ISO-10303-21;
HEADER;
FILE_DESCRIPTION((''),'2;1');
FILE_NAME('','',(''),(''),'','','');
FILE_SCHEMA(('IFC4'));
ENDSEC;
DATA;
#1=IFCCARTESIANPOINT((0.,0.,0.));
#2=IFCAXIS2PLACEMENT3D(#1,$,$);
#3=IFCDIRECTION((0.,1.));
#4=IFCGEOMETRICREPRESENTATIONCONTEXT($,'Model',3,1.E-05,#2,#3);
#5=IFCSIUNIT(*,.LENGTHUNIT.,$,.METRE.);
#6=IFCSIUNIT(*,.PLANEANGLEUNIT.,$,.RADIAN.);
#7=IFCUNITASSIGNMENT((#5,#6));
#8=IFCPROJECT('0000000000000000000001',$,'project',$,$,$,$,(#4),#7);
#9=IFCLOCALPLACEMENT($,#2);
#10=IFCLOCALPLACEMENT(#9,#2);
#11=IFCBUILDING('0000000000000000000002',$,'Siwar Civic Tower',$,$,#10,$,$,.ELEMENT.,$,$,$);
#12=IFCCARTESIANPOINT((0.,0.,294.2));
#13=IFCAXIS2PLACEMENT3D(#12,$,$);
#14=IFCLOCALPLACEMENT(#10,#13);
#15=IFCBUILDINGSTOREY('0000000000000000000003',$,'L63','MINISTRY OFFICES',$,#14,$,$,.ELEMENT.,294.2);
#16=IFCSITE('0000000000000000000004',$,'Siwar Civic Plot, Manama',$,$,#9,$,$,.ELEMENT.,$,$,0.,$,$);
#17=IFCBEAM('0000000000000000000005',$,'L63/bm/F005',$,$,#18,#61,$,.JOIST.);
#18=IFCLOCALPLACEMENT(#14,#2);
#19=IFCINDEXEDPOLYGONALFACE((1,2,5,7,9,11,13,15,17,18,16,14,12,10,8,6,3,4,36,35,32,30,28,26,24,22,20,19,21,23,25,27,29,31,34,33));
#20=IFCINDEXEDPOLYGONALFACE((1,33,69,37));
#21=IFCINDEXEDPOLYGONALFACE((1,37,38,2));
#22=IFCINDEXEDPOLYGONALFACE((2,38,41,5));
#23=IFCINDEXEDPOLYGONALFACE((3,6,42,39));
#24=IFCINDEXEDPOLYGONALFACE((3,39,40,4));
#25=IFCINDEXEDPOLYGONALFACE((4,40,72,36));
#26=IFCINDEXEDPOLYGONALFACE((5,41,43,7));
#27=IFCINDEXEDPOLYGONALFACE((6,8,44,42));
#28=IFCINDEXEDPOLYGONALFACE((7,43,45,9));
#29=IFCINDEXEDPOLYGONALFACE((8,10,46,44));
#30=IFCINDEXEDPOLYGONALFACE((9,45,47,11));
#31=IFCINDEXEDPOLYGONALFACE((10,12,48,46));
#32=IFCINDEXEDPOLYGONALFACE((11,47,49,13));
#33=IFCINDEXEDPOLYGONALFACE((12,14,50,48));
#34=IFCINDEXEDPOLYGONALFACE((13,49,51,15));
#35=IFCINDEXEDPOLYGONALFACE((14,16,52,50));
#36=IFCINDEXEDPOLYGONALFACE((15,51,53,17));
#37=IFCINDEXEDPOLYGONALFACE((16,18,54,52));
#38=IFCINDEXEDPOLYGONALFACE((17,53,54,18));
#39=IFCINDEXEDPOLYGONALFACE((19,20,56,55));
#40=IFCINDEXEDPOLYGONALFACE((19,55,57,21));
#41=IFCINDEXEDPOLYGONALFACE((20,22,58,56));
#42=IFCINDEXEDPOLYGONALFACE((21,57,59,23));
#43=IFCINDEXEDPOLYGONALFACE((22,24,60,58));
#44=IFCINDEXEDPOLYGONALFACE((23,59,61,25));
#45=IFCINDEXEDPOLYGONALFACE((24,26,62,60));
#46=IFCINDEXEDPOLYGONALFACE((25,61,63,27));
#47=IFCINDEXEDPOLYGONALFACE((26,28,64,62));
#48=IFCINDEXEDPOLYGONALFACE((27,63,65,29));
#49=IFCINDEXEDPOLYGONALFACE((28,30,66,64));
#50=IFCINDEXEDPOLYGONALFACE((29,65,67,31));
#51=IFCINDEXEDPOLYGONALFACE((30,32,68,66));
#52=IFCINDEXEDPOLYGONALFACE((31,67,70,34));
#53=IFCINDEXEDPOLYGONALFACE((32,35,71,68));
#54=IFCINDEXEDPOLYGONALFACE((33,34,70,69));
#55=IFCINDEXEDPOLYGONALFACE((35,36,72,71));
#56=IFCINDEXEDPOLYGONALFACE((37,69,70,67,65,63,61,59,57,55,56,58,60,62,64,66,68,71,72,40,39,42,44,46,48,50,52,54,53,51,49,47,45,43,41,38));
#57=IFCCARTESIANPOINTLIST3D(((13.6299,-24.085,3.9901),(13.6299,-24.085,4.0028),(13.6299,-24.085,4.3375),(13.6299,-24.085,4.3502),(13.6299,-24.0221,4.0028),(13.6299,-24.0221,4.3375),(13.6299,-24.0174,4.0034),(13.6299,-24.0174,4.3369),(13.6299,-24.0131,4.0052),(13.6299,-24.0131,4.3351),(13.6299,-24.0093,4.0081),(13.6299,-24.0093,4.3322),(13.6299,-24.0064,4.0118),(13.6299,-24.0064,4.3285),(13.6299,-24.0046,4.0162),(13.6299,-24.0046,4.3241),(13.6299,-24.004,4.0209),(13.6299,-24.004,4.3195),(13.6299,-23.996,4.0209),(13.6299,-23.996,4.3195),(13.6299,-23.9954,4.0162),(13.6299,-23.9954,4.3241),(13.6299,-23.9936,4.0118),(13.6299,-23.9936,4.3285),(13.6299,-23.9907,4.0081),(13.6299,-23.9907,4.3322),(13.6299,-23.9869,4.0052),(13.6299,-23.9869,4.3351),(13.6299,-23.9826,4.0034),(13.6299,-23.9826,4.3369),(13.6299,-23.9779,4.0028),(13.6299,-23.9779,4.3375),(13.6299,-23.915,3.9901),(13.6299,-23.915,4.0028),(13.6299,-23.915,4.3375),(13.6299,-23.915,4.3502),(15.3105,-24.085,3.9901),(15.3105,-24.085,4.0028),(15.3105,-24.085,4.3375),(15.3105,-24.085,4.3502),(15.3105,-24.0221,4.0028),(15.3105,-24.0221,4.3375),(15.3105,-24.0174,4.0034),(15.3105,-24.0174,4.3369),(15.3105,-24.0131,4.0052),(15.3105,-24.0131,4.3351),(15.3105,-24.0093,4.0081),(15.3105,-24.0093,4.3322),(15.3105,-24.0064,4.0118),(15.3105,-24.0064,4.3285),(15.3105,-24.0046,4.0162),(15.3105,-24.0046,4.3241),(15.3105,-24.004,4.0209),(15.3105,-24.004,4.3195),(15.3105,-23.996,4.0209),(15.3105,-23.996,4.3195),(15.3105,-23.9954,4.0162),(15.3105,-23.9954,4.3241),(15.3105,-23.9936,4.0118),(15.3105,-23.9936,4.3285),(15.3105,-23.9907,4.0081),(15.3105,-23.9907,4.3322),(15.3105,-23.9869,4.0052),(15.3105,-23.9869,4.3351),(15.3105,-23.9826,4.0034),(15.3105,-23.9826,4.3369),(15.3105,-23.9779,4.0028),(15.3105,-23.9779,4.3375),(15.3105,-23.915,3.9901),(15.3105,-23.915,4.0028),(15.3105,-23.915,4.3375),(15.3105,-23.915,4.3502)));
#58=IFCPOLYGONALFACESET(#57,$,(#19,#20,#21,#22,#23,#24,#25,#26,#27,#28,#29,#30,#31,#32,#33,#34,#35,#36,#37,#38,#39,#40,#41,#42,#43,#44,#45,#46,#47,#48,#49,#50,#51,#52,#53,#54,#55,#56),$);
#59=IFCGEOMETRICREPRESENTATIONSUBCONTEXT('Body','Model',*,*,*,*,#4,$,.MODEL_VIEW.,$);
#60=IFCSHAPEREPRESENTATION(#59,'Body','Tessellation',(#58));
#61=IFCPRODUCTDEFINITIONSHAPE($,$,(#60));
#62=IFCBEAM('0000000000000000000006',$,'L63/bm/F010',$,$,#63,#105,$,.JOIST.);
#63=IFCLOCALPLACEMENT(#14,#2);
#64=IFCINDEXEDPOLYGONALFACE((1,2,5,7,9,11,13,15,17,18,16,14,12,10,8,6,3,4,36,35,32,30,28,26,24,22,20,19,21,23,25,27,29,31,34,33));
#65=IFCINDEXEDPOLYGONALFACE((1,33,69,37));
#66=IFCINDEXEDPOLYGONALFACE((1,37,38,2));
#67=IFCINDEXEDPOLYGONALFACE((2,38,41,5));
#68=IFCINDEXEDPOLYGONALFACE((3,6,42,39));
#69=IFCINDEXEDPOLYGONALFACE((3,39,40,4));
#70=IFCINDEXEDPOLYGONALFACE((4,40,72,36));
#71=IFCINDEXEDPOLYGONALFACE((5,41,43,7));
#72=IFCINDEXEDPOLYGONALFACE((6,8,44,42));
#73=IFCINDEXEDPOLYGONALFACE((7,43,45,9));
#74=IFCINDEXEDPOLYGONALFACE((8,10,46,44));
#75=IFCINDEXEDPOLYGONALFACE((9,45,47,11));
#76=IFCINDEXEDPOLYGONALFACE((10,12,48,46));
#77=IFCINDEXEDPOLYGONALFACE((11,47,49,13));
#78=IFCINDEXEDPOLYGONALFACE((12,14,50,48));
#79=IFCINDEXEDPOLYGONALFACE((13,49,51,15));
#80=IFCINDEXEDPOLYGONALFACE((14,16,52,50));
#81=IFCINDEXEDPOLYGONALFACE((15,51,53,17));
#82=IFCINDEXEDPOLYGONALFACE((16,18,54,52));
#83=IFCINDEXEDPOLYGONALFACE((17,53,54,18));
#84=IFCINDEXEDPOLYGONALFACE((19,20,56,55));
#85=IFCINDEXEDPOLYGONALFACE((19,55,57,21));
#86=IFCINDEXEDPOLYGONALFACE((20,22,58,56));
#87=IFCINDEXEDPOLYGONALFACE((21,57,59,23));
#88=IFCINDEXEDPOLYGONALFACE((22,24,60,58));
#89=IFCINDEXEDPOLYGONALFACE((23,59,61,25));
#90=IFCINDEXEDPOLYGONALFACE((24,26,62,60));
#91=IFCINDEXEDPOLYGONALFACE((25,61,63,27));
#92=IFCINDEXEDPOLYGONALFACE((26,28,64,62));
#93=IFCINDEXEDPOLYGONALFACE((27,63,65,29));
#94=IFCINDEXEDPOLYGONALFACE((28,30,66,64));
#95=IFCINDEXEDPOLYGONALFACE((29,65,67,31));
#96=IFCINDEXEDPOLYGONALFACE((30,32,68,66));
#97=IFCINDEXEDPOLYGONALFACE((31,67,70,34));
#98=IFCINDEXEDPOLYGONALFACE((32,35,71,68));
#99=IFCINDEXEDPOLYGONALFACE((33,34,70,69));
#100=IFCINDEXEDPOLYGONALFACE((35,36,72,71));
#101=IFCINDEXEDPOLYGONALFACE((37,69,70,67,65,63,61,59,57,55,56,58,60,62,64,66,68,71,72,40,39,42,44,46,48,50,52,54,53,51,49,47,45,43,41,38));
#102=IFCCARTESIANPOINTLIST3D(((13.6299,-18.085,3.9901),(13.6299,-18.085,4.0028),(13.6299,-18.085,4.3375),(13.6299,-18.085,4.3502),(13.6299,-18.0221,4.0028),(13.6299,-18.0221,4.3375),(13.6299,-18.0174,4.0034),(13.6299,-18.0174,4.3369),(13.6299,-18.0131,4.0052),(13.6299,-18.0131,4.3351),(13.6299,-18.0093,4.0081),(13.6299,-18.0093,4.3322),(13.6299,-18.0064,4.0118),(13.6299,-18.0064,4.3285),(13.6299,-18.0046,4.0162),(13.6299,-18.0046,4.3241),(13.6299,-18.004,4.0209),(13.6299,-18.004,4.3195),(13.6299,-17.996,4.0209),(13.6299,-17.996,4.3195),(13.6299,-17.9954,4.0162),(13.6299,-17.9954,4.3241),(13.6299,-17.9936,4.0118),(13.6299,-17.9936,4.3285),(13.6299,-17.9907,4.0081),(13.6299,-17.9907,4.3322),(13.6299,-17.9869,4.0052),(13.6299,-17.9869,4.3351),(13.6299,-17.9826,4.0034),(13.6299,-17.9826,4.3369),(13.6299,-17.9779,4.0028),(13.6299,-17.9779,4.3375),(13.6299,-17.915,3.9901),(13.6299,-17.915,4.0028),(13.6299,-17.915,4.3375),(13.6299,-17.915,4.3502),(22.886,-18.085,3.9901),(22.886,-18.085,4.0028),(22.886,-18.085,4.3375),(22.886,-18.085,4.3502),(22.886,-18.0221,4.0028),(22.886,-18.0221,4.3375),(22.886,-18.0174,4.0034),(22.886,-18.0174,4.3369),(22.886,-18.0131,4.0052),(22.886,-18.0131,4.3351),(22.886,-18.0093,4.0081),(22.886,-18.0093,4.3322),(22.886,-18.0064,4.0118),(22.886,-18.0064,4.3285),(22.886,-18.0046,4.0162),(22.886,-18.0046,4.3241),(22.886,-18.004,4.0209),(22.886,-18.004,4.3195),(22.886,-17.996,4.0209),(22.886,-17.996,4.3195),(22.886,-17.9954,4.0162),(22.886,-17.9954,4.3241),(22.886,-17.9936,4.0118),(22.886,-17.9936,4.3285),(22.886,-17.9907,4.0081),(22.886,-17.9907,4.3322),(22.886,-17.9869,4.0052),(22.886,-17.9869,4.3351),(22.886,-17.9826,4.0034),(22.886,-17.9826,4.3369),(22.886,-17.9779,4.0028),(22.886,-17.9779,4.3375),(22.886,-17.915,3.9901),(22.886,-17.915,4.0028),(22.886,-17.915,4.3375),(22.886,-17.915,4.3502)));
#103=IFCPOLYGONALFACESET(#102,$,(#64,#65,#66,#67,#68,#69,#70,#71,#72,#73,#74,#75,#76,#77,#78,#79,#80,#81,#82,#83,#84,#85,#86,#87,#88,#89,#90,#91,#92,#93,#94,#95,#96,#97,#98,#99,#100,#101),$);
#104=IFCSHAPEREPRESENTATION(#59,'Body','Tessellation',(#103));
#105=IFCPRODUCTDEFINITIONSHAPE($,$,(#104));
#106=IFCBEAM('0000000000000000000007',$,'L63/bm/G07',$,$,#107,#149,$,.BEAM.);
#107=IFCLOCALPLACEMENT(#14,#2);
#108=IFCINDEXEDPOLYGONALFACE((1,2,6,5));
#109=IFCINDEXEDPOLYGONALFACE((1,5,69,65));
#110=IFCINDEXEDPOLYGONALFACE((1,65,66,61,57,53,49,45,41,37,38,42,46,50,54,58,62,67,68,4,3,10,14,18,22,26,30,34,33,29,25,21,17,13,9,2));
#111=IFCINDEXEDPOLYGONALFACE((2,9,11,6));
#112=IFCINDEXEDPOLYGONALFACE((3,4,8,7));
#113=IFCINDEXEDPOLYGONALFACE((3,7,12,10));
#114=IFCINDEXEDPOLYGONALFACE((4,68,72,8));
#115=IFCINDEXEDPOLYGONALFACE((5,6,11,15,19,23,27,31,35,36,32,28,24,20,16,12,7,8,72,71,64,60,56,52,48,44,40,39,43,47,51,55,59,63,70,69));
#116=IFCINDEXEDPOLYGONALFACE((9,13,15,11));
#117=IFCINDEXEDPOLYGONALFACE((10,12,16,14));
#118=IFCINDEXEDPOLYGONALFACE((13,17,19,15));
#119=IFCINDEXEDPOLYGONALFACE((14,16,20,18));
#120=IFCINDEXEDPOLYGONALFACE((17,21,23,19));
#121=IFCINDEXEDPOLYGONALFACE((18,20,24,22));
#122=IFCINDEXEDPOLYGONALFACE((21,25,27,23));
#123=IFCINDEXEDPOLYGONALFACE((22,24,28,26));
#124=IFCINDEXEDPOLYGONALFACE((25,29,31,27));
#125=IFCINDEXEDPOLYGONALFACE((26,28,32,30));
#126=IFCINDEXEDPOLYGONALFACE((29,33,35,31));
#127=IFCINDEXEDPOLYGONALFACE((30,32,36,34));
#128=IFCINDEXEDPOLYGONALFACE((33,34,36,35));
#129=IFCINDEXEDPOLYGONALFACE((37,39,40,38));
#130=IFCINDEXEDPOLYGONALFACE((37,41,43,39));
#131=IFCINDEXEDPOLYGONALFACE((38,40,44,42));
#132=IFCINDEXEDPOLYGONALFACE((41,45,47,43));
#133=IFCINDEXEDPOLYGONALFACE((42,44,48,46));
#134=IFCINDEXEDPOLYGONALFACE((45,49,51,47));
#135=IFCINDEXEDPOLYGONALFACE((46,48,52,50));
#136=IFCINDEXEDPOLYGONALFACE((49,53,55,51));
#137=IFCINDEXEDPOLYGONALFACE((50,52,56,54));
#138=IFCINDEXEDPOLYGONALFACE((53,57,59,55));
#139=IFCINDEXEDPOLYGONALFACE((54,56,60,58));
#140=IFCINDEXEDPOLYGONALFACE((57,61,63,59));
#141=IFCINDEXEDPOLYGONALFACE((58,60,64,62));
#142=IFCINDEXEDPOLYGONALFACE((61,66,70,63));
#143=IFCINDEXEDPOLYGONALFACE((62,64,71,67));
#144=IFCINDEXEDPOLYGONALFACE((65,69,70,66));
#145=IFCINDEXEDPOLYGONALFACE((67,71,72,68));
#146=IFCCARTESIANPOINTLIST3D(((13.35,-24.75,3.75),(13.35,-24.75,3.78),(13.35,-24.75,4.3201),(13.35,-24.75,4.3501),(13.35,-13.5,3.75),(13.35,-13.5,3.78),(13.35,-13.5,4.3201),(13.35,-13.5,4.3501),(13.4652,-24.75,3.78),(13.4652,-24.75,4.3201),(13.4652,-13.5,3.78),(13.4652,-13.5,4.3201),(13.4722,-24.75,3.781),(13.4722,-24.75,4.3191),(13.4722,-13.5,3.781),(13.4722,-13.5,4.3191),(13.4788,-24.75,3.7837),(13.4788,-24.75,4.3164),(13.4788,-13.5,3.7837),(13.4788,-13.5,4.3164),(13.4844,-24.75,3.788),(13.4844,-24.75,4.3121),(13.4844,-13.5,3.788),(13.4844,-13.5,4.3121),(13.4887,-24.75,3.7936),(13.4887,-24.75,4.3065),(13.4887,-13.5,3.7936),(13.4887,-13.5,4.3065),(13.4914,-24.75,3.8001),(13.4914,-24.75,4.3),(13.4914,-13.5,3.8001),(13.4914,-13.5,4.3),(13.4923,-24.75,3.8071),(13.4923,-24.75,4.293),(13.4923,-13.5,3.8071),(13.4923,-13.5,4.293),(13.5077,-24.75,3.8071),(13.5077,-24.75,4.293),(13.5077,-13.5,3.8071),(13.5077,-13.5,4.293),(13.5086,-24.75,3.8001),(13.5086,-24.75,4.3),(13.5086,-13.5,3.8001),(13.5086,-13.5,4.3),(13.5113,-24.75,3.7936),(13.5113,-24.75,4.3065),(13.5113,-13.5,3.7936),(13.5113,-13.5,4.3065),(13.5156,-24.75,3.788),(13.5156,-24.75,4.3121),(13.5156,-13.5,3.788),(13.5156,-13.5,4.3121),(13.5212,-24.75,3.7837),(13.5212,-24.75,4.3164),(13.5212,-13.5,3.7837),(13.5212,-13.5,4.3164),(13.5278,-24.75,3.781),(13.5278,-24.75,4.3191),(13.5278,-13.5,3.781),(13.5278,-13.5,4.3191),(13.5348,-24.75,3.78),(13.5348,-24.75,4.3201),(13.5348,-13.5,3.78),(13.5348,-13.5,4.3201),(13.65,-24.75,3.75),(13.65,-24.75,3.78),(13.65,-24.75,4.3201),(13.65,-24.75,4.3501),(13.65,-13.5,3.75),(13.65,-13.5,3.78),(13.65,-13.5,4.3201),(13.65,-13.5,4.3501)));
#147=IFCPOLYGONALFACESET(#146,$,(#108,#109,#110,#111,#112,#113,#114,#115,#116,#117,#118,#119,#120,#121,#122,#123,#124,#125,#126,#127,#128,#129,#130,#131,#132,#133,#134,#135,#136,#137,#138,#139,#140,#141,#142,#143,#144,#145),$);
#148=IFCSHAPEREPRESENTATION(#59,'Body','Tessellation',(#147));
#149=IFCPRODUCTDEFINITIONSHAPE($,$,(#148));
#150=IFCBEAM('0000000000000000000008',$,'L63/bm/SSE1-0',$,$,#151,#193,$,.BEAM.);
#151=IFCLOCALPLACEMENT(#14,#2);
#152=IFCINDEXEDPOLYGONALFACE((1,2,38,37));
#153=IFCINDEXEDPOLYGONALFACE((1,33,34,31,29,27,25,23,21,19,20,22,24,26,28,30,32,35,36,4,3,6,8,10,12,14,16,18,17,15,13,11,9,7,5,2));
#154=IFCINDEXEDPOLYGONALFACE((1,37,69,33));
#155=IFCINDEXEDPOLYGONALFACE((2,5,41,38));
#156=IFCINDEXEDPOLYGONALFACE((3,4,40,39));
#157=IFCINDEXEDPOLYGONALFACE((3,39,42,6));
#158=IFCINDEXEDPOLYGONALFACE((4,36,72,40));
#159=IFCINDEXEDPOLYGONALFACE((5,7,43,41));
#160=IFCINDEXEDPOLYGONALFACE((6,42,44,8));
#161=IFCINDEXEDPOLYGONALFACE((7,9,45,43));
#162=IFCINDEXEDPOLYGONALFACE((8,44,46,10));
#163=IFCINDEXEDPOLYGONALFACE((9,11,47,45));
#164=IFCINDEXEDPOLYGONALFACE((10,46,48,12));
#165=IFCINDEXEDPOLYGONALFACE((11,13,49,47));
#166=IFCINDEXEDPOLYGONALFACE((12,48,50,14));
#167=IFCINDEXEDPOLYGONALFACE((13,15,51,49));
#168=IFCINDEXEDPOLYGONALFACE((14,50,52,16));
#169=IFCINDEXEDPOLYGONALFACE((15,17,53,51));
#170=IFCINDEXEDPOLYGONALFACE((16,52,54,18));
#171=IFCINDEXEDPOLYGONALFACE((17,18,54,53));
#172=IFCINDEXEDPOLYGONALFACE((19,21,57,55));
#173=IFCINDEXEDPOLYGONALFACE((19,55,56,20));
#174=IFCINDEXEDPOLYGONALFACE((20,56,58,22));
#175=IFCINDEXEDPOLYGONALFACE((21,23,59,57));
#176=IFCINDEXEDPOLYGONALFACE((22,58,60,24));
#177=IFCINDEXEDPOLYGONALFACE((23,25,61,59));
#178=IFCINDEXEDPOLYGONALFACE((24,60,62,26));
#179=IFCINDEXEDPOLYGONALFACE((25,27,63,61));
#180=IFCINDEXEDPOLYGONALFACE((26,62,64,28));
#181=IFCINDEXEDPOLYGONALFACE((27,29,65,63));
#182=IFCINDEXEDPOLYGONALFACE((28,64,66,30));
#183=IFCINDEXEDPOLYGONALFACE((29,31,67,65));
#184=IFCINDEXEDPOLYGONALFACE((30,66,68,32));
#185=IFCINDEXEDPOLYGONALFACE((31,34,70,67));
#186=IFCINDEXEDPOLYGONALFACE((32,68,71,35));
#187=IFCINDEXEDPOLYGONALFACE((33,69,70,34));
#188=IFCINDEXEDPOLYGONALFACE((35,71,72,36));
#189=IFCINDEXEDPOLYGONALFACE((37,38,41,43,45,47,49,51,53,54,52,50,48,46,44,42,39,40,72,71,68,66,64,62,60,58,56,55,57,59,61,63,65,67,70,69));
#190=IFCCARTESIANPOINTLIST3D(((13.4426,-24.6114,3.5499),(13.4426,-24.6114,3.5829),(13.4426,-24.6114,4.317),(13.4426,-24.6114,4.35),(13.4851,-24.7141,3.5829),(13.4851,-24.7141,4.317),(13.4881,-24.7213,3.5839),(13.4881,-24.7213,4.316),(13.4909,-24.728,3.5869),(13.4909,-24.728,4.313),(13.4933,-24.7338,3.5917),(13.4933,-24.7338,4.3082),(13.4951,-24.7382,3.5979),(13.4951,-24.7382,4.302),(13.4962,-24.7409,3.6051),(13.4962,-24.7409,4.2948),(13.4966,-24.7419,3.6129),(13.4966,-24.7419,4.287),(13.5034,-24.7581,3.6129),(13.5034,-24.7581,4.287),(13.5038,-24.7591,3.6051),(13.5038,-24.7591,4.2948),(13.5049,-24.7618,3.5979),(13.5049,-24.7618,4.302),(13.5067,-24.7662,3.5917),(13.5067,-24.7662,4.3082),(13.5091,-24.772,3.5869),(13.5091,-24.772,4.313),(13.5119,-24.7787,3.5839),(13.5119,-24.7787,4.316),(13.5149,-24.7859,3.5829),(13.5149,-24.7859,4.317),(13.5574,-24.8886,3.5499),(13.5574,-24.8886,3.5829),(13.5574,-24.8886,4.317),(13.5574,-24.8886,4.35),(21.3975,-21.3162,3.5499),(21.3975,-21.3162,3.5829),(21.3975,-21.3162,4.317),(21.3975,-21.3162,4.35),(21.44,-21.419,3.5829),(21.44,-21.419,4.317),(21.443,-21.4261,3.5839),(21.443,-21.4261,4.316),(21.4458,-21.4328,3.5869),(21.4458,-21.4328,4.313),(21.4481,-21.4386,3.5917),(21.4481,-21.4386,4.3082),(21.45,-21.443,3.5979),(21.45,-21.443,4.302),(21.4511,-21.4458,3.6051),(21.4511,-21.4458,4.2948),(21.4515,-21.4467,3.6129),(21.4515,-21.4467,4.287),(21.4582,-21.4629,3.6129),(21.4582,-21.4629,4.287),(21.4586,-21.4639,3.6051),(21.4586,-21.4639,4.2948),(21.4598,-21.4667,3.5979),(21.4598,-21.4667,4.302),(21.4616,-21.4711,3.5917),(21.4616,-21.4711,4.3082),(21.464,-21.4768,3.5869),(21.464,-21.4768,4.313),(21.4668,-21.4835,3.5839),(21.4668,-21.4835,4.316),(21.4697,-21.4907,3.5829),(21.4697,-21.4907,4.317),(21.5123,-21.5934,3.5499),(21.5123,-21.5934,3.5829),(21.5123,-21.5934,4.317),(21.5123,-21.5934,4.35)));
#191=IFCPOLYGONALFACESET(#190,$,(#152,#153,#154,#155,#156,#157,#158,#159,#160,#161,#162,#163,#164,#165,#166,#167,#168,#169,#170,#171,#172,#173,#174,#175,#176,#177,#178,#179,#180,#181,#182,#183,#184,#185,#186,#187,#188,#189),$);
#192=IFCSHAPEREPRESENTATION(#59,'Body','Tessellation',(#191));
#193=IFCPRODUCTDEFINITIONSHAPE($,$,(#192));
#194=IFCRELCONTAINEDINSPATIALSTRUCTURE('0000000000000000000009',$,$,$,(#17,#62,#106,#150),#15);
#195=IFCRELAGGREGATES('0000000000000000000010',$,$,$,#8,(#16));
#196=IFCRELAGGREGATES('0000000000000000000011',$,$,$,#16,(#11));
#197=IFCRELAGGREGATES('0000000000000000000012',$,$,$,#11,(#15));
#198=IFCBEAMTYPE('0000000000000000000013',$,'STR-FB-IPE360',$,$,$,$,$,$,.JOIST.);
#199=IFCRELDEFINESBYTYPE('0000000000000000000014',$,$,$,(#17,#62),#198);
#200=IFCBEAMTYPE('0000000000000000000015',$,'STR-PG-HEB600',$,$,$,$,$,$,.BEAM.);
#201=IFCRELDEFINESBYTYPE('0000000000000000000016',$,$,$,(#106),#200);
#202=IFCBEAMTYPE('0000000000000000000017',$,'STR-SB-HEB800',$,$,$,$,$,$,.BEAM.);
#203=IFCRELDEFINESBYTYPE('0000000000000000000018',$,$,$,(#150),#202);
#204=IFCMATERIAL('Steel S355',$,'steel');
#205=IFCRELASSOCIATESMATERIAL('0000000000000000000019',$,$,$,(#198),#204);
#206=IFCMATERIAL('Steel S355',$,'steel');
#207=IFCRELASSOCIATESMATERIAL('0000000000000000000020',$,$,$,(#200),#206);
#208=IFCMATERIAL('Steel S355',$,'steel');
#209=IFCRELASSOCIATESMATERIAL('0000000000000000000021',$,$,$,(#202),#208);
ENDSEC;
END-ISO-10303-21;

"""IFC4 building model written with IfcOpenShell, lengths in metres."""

from ifc_helpers import new_model, si_unit, direction, frame, origin, origin_2d, place, context, subcontext, project, spatial, i_section, extrude, material, material_profile, profile_set, type_object, element, save


model = new_model("IFC4")

# Units and contexts
model_context = context("Model", 3, precision=1e-05, world=origin(), true_north=direction((0.0, 1.0)))
body_context = subcontext(model_context, "Body", "Model", "MODEL_VIEW")
ifc_project = project(units=[si_unit("LENGTHUNIT", "METRE"), si_unit("PLANEANGLEUNIT", "RADIAN")], contexts=[model_context])

# Site, building, storey
site_placement = place(None, origin())
site = spatial("IfcSite", under=ifc_project, at=site_placement, Name="Siwar Civic Plot, Manama", CompositionType="ELEMENT", RefElevation=0.0)
building_placement = place(site_placement, origin())
building = spatial("IfcBuilding", under=site, at=building_placement, Name="Siwar Civic Tower", CompositionType="ELEMENT")
storey_placement = place(building_placement, frame((0.0, 0.0, 294.2)))
storey = spatial("IfcBuildingStorey", under=building, at=storey_placement, Name="L63", Description="MINISTRY OFFICES", CompositionType="ELEMENT", Elevation=294.2)

# Beams
ifc_material_1 = material(Name="Steel S355", Category="steel")
ifc_material_profile_1 = material_profile(ifc_material_1, i_section(OverallWidth=0.1699, OverallDepth=0.3601, WebThickness=0.0081, FlangeThickness=0.0127, FilletRadius=0.0181, at=origin_2d()), Name="IPE360")
ifc_profile_set_1 = profile_set([ifc_material_profile_1], Name="Steel S355")
beam_type_1 = type_object("IfcBeamType", Name="STR-FB-IPE360", PredefinedType="JOIST", material=ifc_profile_set_1)
beam_1_placement = place(storey_placement, frame((13.6299, -24.0, 4.1702), z_axis=(1.0, 0.0, 0.0), x_axis=(0.0, 1.0, 0.0)))
element("IfcBeam", 1, at=beam_1_placement, inside=storey, type_object=beam_type_1, Name="L63/bm/F005", PredefinedType="JOIST", context=body_context, shape_type="SweptSolid", body=[
    extrude(i_section(OverallWidth=0.1699, OverallDepth=0.3601, WebThickness=0.0081, FlangeThickness=0.0127, FilletRadius=0.0181, at=origin_2d()), origin(), (0.0, 0.0, 1.0), 1.6807),
])
beam_2_placement = place(storey_placement, frame((13.6299, -18.0, 4.1702), z_axis=(1.0, 0.0, 0.0), x_axis=(0.0, 1.0, 0.0)))
element("IfcBeam", 2, at=beam_2_placement, inside=storey, type_object=beam_type_1, Name="L63/bm/F010", PredefinedType="JOIST", context=body_context, shape_type="SweptSolid", body=[
    extrude(i_section(OverallWidth=0.1699, OverallDepth=0.3601, WebThickness=0.0081, FlangeThickness=0.0127, FilletRadius=0.0181, at=origin_2d()), origin(), (0.0, 0.0, 1.0), 9.2561),
])
ifc_material_2 = material(Name="Steel S355", Category="steel")
ifc_material_profile_2 = material_profile(ifc_material_2, i_section(OverallWidth=0.3, OverallDepth=0.6001, WebThickness=0.0154, FlangeThickness=0.03, FilletRadius=0.0271, at=origin_2d()), Name="HEB600")
ifc_profile_set_2 = profile_set([ifc_material_profile_2], Name="Steel S355")
beam_type_2 = type_object("IfcBeamType", Name="STR-PG-HEB600", PredefinedType="BEAM", material=ifc_profile_set_2)
beam_3_placement = place(storey_placement, frame((13.5, -24.75, 4.05), z_axis=(0.0, 1.0, 0.0), x_axis=(-1.0, 0.0, 0.0)))
element("IfcBeam", 3, at=beam_3_placement, inside=storey, type_object=beam_type_2, Name="L63/bm/G07", PredefinedType="BEAM", context=body_context, shape_type="SweptSolid", body=[
    extrude(i_section(OverallWidth=0.3, OverallDepth=0.6001, WebThickness=0.0154, FlangeThickness=0.03, FilletRadius=0.0271, at=origin_2d()), origin(), (0.0, 0.0, 1.0), 11.25),
])
ifc_material_3 = material(Name="Steel S355", Category="steel")
ifc_material_profile_3 = material_profile(ifc_material_3, i_section(OverallWidth=0.3, OverallDepth=0.8, WebThickness=0.0176, FlangeThickness=0.033, FilletRadius=0.03, at=origin_2d()), Name="HEB800")
ifc_profile_set_3 = profile_set([ifc_material_profile_3], Name="Steel S355")
beam_type_3 = type_object("IfcBeamType", Name="STR-SB-HEB800", PredefinedType="BEAM", material=ifc_profile_set_3)
for number, where, z_axis, x_axis, name in (
    (4, (13.5, -24.75, 3.95), (0.923873, 0.3827, 0.0), (-0.3827, 0.923873, 0.0), "L63/bm/SSE1-0"),
):
    element("IfcBeam", number, at=place(storey_placement, frame(where, z_axis=z_axis, x_axis=x_axis)), inside=storey, type_object=beam_type_3, Name=name, PredefinedType="BEAM", context=body_context, shape_type="SweptSolid", body=[
        extrude(i_section(OverallWidth=0.3, OverallDepth=0.8, WebThickness=0.0176, FlangeThickness=0.033, FilletRadius=0.03, at=origin_2d()), origin(), (0.0, 0.0, 1.0), 8.6104),
    ])

save(model, "model.ifc")
